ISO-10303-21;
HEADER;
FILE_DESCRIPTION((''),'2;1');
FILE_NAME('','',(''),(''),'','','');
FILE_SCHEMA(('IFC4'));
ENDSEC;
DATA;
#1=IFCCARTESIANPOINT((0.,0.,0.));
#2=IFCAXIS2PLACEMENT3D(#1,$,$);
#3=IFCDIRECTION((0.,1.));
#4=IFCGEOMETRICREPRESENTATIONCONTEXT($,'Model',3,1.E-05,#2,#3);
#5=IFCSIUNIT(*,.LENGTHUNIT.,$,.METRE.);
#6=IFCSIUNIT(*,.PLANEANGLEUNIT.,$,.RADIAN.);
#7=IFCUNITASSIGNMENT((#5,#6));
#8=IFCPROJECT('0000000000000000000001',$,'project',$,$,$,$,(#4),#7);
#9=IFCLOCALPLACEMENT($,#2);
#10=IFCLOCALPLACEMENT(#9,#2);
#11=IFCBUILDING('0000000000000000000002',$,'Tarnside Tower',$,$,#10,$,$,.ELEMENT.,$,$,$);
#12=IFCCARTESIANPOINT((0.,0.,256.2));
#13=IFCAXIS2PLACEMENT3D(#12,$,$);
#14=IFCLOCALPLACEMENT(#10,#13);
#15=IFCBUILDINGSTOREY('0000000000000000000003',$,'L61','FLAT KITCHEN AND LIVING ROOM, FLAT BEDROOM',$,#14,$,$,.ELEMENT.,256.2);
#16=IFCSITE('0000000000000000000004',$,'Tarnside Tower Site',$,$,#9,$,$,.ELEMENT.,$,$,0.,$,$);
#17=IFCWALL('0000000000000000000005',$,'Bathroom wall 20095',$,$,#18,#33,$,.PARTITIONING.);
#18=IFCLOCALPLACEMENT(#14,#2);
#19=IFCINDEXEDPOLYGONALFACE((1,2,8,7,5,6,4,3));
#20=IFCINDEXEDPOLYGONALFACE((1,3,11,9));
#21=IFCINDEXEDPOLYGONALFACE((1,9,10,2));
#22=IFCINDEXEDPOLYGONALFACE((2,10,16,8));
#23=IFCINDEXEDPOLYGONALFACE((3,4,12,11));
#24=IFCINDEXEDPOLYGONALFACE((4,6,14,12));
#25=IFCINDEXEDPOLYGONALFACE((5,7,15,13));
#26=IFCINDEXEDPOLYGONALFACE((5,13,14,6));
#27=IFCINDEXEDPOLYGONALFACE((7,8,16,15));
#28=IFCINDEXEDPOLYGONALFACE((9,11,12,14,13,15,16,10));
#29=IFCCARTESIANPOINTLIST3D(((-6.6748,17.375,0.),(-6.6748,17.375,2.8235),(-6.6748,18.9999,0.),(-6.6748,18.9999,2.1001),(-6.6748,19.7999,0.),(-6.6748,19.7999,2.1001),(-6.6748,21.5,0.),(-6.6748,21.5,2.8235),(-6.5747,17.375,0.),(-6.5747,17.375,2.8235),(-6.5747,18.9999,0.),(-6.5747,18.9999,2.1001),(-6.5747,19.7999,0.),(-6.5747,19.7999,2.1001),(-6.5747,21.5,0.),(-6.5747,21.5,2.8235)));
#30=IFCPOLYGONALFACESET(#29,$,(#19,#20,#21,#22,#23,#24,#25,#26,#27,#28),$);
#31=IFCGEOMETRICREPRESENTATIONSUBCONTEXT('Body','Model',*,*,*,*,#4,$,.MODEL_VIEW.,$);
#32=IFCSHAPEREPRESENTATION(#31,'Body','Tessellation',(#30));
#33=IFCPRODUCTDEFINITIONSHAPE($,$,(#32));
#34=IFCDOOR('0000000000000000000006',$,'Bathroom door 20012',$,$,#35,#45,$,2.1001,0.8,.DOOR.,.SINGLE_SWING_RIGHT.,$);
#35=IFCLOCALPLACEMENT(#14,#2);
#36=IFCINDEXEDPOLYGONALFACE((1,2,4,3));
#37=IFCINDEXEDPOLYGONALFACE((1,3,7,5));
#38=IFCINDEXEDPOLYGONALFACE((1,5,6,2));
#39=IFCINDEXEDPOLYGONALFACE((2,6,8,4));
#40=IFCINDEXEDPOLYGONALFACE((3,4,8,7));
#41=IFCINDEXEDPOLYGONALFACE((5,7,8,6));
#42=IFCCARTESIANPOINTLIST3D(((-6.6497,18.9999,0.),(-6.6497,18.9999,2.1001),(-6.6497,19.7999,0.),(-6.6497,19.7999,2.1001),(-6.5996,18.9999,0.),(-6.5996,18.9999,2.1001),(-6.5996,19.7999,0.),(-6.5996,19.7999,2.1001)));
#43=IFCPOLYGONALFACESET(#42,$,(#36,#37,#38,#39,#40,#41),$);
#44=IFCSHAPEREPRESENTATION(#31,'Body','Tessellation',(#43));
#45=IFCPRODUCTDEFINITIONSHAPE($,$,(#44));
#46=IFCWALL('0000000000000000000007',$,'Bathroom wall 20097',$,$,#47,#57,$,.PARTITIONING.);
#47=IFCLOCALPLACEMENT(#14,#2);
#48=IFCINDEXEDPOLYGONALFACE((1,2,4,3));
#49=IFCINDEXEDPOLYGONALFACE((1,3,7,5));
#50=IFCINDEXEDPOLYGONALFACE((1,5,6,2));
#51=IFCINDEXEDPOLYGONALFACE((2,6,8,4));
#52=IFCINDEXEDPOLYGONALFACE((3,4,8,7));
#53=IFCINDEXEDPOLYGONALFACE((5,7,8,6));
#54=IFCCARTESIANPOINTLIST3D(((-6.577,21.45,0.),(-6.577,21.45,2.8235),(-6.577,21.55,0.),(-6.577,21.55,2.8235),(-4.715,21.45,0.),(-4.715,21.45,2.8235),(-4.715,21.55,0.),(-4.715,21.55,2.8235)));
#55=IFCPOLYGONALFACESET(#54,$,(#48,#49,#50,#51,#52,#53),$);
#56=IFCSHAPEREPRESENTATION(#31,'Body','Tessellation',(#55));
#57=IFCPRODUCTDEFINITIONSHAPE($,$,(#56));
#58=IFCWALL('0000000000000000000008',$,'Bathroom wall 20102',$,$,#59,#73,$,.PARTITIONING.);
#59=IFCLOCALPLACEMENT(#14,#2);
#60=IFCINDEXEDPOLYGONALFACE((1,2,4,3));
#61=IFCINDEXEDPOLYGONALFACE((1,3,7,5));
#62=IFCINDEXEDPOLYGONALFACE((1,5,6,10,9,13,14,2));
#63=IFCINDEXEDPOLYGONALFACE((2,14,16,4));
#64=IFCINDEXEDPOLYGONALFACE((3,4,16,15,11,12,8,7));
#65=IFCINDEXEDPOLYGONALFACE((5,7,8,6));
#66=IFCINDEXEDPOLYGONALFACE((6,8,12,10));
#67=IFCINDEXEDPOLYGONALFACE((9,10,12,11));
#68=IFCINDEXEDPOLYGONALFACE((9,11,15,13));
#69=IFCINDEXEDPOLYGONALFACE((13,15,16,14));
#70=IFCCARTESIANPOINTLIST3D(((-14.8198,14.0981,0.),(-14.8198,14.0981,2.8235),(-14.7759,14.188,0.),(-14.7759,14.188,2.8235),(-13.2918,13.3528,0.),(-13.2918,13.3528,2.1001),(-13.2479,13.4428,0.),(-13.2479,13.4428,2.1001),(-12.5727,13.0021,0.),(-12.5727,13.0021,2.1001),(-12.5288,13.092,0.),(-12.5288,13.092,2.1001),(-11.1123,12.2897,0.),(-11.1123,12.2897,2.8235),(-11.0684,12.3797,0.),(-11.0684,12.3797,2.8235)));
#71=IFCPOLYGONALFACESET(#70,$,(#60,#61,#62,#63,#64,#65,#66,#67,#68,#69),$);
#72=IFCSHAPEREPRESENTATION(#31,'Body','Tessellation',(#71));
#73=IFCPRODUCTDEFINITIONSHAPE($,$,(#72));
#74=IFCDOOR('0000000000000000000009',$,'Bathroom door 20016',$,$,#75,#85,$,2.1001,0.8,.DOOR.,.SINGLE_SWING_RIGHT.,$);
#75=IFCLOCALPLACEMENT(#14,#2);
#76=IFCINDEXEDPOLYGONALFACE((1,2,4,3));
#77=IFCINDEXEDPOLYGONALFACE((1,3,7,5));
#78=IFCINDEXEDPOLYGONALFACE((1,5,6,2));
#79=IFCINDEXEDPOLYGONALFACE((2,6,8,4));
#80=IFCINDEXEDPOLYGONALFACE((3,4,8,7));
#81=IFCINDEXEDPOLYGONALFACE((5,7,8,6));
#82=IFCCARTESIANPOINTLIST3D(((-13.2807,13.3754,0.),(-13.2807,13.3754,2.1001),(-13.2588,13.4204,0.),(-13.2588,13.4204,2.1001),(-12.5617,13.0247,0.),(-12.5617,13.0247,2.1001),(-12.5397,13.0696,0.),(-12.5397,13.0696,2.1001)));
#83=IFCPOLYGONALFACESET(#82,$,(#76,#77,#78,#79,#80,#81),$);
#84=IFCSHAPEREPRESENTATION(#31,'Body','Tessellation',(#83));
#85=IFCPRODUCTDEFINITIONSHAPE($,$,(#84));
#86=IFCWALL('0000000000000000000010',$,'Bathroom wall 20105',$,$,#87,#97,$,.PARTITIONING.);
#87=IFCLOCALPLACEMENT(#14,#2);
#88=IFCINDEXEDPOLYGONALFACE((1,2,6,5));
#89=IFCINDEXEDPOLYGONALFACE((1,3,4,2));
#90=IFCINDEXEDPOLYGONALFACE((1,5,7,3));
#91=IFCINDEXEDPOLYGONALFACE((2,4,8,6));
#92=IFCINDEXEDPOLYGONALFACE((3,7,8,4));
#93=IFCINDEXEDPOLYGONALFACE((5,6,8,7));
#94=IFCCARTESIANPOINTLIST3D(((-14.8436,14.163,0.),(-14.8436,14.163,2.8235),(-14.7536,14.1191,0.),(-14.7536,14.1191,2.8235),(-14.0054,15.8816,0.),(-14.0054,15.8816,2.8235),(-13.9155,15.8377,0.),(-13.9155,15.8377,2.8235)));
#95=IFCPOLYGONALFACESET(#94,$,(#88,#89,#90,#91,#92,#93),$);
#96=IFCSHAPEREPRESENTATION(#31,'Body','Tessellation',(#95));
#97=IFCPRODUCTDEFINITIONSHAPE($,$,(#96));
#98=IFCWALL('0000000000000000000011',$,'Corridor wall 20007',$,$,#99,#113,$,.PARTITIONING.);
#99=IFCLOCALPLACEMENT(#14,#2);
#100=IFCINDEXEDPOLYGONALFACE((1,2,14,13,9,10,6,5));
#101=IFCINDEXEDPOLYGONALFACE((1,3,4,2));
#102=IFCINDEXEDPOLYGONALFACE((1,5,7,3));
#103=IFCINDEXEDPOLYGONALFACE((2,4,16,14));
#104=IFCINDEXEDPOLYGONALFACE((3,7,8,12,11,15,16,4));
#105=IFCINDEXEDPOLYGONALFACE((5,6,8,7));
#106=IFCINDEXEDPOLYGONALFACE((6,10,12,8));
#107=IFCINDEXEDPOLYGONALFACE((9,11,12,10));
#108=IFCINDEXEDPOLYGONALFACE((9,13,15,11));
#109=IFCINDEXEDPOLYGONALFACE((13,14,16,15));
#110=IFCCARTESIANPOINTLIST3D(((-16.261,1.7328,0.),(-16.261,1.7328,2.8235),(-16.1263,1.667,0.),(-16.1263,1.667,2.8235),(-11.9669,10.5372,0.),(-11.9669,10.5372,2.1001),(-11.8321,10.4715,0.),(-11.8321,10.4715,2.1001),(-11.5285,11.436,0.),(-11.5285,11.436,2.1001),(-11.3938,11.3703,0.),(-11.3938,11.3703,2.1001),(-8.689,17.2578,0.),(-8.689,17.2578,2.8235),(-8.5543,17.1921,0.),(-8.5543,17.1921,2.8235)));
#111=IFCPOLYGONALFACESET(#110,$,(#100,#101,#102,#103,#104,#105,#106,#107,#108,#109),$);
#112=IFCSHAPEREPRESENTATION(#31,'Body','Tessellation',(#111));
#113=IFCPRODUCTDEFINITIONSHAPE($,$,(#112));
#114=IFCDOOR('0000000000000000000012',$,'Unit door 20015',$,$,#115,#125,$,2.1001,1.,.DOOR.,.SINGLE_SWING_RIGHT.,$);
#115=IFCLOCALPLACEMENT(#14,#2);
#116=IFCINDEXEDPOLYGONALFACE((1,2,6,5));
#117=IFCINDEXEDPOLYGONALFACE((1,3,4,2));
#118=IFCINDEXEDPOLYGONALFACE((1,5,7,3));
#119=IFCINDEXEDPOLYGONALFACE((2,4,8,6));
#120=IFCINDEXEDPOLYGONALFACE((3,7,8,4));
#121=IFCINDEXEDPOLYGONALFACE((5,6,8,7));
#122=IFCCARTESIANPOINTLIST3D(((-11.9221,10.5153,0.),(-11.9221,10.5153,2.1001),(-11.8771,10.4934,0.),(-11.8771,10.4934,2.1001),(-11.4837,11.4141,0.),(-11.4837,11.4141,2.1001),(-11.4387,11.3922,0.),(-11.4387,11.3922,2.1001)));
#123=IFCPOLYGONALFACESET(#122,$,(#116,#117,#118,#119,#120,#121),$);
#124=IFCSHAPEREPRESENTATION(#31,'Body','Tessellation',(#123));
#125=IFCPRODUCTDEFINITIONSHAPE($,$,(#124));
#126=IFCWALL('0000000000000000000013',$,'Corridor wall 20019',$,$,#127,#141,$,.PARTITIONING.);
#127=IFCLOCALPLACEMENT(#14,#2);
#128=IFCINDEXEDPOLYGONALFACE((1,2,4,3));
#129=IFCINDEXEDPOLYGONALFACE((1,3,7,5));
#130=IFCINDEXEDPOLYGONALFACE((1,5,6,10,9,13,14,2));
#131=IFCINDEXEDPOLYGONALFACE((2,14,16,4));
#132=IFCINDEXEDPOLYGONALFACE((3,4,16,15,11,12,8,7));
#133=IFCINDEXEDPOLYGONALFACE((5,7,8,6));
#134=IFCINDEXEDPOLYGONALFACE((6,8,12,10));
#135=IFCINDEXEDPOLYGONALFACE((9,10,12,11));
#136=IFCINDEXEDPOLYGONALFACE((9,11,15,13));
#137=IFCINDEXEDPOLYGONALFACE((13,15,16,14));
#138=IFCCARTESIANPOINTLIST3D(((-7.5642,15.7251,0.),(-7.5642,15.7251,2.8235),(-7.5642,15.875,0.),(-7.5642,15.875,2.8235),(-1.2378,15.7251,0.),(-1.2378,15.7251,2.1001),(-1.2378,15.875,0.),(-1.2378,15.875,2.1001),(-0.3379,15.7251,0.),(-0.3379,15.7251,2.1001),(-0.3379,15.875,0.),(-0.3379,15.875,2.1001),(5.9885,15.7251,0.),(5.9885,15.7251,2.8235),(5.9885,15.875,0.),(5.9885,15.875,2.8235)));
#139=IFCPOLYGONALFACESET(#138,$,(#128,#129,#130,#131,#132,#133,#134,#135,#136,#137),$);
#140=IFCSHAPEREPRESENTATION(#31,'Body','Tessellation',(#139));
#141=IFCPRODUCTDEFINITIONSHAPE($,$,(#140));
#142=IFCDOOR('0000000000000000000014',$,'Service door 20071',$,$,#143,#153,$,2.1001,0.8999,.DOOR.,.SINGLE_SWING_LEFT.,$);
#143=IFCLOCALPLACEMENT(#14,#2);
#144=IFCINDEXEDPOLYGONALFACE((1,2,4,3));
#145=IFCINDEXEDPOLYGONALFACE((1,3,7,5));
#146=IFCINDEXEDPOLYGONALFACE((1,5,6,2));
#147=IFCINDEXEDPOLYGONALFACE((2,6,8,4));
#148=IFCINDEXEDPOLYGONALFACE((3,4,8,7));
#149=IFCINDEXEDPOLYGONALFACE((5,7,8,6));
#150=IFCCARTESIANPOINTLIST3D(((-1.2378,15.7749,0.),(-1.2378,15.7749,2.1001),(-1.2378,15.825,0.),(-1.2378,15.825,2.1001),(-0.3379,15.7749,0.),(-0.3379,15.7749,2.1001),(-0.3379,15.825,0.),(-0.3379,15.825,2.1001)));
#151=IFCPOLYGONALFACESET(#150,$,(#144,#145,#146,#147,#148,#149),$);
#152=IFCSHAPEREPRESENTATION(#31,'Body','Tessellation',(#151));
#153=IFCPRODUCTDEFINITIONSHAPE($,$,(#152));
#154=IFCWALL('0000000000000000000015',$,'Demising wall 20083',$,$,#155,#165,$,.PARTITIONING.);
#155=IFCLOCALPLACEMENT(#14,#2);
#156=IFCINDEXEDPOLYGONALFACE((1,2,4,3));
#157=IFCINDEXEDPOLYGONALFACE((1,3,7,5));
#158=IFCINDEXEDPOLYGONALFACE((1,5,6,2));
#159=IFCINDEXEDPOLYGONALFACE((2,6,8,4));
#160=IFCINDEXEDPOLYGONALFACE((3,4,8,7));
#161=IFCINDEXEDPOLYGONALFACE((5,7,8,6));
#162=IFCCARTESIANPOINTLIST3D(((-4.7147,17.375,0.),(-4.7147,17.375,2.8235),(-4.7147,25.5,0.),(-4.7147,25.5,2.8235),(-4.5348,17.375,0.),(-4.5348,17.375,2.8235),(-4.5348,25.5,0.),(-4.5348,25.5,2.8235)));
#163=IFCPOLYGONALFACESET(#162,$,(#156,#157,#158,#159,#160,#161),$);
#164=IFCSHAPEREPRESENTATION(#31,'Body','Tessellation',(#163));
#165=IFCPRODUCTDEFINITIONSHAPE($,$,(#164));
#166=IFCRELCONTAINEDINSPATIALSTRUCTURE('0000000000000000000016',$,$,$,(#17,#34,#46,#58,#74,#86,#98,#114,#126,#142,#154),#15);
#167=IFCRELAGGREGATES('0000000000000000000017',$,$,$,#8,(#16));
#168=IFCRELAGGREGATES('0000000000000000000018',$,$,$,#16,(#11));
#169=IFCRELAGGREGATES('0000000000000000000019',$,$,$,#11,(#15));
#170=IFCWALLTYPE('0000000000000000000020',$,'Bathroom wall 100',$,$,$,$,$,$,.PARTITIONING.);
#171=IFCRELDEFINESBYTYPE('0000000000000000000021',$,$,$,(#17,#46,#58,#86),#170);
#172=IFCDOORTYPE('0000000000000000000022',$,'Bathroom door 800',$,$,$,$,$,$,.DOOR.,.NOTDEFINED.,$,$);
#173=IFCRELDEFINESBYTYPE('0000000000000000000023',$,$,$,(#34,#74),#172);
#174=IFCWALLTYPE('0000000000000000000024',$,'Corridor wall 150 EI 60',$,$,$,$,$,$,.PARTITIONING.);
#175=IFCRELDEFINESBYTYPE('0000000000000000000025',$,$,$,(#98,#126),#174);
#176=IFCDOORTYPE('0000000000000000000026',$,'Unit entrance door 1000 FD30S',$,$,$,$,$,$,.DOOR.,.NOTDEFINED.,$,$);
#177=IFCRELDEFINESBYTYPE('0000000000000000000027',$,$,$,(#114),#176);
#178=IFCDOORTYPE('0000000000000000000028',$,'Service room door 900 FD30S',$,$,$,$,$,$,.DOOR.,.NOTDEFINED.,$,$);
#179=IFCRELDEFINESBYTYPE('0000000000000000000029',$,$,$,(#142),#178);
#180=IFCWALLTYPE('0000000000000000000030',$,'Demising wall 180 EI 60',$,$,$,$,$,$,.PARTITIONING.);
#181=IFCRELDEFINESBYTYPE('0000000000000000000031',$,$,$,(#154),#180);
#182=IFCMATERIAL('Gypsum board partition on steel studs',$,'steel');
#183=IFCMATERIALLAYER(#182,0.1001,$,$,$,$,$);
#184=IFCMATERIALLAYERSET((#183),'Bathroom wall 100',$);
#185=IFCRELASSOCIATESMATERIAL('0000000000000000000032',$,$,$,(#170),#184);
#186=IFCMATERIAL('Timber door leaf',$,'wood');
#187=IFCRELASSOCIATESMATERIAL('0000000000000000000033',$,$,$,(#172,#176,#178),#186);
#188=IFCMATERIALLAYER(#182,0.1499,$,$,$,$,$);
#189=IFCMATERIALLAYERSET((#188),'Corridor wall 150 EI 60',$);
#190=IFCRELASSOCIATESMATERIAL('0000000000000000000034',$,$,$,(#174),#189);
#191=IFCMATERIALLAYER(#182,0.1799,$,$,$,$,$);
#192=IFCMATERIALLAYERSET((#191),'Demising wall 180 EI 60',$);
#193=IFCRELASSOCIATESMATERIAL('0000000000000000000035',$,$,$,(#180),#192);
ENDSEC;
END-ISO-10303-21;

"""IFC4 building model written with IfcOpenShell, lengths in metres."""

from ifc_helpers import new_model, si_unit, direction, frame, frame_2d, origin, place, context, subcontext, project, spatial, rectangle, extrude, material, layer, layer_set, type_object, element, fill, save


model = new_model("IFC4")

# Units and contexts
model_context = context("Model", 3, precision=1e-05, world=origin(), true_north=direction((0.0, 1.0)))
body_context = subcontext(model_context, "Body", "Model", "MODEL_VIEW")
ifc_project = project(units=[si_unit("LENGTHUNIT", "METRE"), si_unit("PLANEANGLEUNIT", "RADIAN")], contexts=[model_context])

# Site, building, storey
site_placement = place(None, origin())
site = spatial("IfcSite", under=ifc_project, at=site_placement, Name="Tarnside Tower Site", CompositionType="ELEMENT", RefElevation=0.0)
building_placement = place(site_placement, origin())
building = spatial("IfcBuilding", under=site, at=building_placement, Name="Tarnside Tower", CompositionType="ELEMENT")
storey_placement = place(building_placement, frame((0.0, 0.0, 256.2)))
storey = spatial("IfcBuildingStorey", under=building, at=storey_placement, Name="L61", Description="FLAT KITCHEN AND LIVING ROOM, FLAT BEDROOM", CompositionType="ELEMENT", Elevation=256.2)

# Wall, opening, door
ifc_material_1 = material(Name="Gypsum board partition on steel studs", Category="steel")
ifc_layer_1 = layer(ifc_material_1, 0.1001)
ifc_layer_set_1 = layer_set([ifc_layer_1], Name="Bathroom wall 100")
wall_type_1 = type_object("IfcWallType", Name="Bathroom wall 100", PredefinedType="PARTITIONING", material=ifc_layer_set_1)
wall_1_placement = place(storey_placement, frame((-6.6248, 17.375, 0.0), z_axis=(0.0, 0.0, 1.0), x_axis=(0.0, 1.0, 0.0)))
wall_1 = element("IfcWall", 1, at=wall_1_placement, inside=storey, type_object=wall_type_1, Name="Bathroom wall 20095", PredefinedType="PARTITIONING", context=body_context, shape_type="SweptSolid", body=[
    extrude(rectangle(XDim=4.125, YDim=0.1001, at=frame_2d((2.0625, 0.0))), origin(), (0.0, 0.0, 1.0), 2.8235),
])
opening_1_placement = place(wall_1_placement, frame((1.625, 0.0, 0.0)))
opening_1 = element("IfcOpeningElement", 2, at=opening_1_placement, cuts=wall_1, PredefinedType="OPENING", context=body_context, shape_type="SweptSolid", body=[
    extrude(rectangle(XDim=0.8, YDim=2.1001, at=frame_2d((0.3999, 1.05))), frame((0.0, 0.0601, 0.0), z_axis=(0.0, -1.0, 0.0), x_axis=(1.0, 0.0, 0.0)), (0.0, 0.0, 1.0), 0.1201),
])
ifc_material_2 = material(Name="Timber door leaf", Category="wood")
door_type_1 = type_object("IfcDoorType", Name="Bathroom door 800", OperationType="NOTDEFINED", PredefinedType="DOOR", material=ifc_material_2)
door_1_placement = place(opening_1_placement, origin())
door_1 = element("IfcDoor", 3, at=door_1_placement, inside=storey, type_object=door_type_1, Name="Bathroom door 20012", OperationType="SINGLE_SWING_RIGHT", OverallHeight=2.1001, OverallWidth=0.8, PredefinedType="DOOR", context=body_context, shape_type="SweptSolid", body=[
    extrude(rectangle(XDim=0.8, YDim=2.1001, at=frame_2d((0.3999, 1.05))), frame((0.0, 0.0249, 0.0), z_axis=(0.0, -1.0, 0.0), x_axis=(1.0, 0.0, 0.0)), (0.0, 0.0, 1.0), 0.05),
])
fill(opening_1, door_1)

# Wall
wall_2_placement = place(storey_placement, frame((-4.7148, 21.5, 0.0), z_axis=(0.0, 0.0, 1.0), x_axis=(-1.0, 0.0, 0.0)))
element("IfcWall", 4, at=wall_2_placement, inside=storey, type_object=wall_type_1, Name="Bathroom wall 20097", PredefinedType="PARTITIONING", context=body_context, shape_type="SweptSolid", body=[
    extrude(rectangle(XDim=1.8621, YDim=0.1001, at=frame_2d((0.9312, 0.0))), origin(), (0.0, 0.0, 1.0), 2.8235),
])

# Wall, opening, door
wall_3_placement = place(storey_placement, frame((-11.0903, 12.3347, 0.0), z_axis=(0.0, 0.0, 1.0), x_axis=(-0.898787, 0.438385, 0.0)))
wall_3 = element("IfcWall", 5, at=wall_3_placement, inside=storey, type_object=wall_type_1, Name="Bathroom wall 20102", PredefinedType="PARTITIONING", context=body_context, shape_type="SweptSolid", body=[
    extrude(rectangle(XDim=4.125, YDim=0.1001, at=frame_2d((2.0625, 0.0))), origin(), (0.0, 0.0, 1.0), 2.8235),
])
opening_2_placement = place(wall_3_placement, frame((1.625, 0.0, 0.0)))
opening_2 = element("IfcOpeningElement", 6, at=opening_2_placement, cuts=wall_3, PredefinedType="OPENING", context=body_context, shape_type="SweptSolid", body=[
    extrude(rectangle(XDim=0.8, YDim=2.1001, at=frame_2d((0.3999, 1.05))), frame((0.0, 0.0601, 0.0), z_axis=(0.0, -1.0, 0.0), x_axis=(1.0, 0.0, 0.0)), (0.0, 0.0, 1.0), 0.1201),
])
door_2_placement = place(opening_2_placement, origin())
door_2 = element("IfcDoor", 7, at=door_2_placement, inside=storey, type_object=door_type_1, Name="Bathroom door 20016", OperationType="SINGLE_SWING_RIGHT", OverallHeight=2.1001, OverallWidth=0.8, PredefinedType="DOOR", context=body_context, shape_type="SweptSolid", body=[
    extrude(rectangle(XDim=0.8, YDim=2.1001, at=frame_2d((0.3999, 1.05))), frame((0.0, 0.0249, 0.0), z_axis=(0.0, -1.0, 0.0), x_axis=(1.0, 0.0, 0.0)), (0.0, 0.0, 1.0), 0.05),
])
fill(opening_2, door_2)

# Wall
wall_4_placement = place(storey_placement, frame((-13.9604, 15.8596, 0.0), z_axis=(0.0, 0.0, 1.0), x_axis=(-0.438356, -0.898802, 0.0)))
element("IfcWall", 8, at=wall_4_placement, inside=storey, type_object=wall_type_1, Name="Bathroom wall 20105", PredefinedType="PARTITIONING", context=body_context, shape_type="SweptSolid", body=[
    extrude(rectangle(XDim=1.9121, YDim=0.1001, at=frame_2d((0.9561, 0.0))), origin(), (0.0, 0.0, 1.0), 2.8235),
])

# Walls, openings, doors
ifc_layer_2 = layer(ifc_material_1, 0.1499)
ifc_layer_set_2 = layer_set([ifc_layer_2], Name="Corridor wall 150 EI 60")
wall_type_2 = type_object("IfcWallType", Name="Corridor wall 150 EI 60", PredefinedType="PARTITIONING", material=ifc_layer_set_2)
wall_5_placement = place(storey_placement, frame((-8.6216, 17.2251, 0.0), z_axis=(0.0, 0.0, 1.0), x_axis=(-0.438367, -0.898796, 0.0)))
wall_5 = element("IfcWall", 9, at=wall_5_placement, inside=storey, type_object=wall_type_2, Name="Corridor wall 20007", PredefinedType="PARTITIONING", context=body_context, shape_type="SweptSolid", body=[
    extrude(rectangle(XDim=17.2732, YDim=0.1499, at=frame_2d((8.6367, 0.0))), origin(), (0.0, 0.0, 1.0), 2.8235),
])
opening_3_placement = place(wall_5_placement, frame((6.4775, 0.0, 0.0)))
opening_3 = element("IfcOpeningElement", 10, at=opening_3_placement, cuts=wall_5, PredefinedType="OPENING", context=body_context, shape_type="SweptSolid", body=[
    extrude(rectangle(XDim=1.0, YDim=2.1001, at=frame_2d((0.5, 1.05))), frame((0.0, 0.085, 0.0), z_axis=(0.0, -1.0, 0.0), x_axis=(1.0, 0.0, 0.0)), (0.0, 0.0, 1.0), 0.1699),
])
door_type_2 = type_object("IfcDoorType", Name="Unit entrance door 1000 FD30S", OperationType="NOTDEFINED", PredefinedType="DOOR", material=ifc_material_2)
door_3_placement = place(opening_3_placement, origin())
door_3 = element("IfcDoor", 11, at=door_3_placement, inside=storey, type_object=door_type_2, Name="Unit door 20015", OperationType="SINGLE_SWING_RIGHT", OverallHeight=2.1001, OverallWidth=1.0, PredefinedType="DOOR", context=body_context, shape_type="SweptSolid", body=[
    extrude(rectangle(XDim=1.0, YDim=2.1001, at=frame_2d((0.5, 1.05))), frame((0.0, 0.0249, 0.0), z_axis=(0.0, -1.0, 0.0), x_axis=(1.0, 0.0, 0.0)), (0.0, 0.0, 1.0), 0.05),
])
fill(opening_3, door_3)
wall_6_placement = place(storey_placement, frame((-7.5642, 15.8, 0.0), z_axis=(0.0, 0.0, 1.0), x_axis=(1.0, 0.0, 0.0)))
wall_6 = element("IfcWall", 12, at=wall_6_placement, inside=storey, type_object=wall_type_2, Name="Corridor wall 20019", PredefinedType="PARTITIONING", context=body_context, shape_type="SweptSolid", body=[
    extrude(rectangle(XDim=13.5527, YDim=0.1499, at=frame_2d((6.7764, 0.0))), origin(), (0.0, 0.0, 1.0), 2.8235),
])
opening_4_placement = place(wall_6_placement, frame((6.3264, 0.0, 0.0)))
opening_4 = element("IfcOpeningElement", 13, at=opening_4_placement, cuts=wall_6, PredefinedType="OPENING", context=body_context, shape_type="SweptSolid", body=[
    extrude(rectangle(XDim=0.8999, YDim=2.1001, at=frame_2d((0.45, 1.05))), frame((0.0, 0.085, 0.0), z_axis=(0.0, -1.0, 0.0), x_axis=(1.0, 0.0, 0.0)), (0.0, 0.0, 1.0), 0.1699),
])
door_type_3 = type_object("IfcDoorType", Name="Service room door 900 FD30S", OperationType="NOTDEFINED", PredefinedType="DOOR", material=ifc_material_2)
door_4_placement = place(opening_4_placement, origin())
door_4 = element("IfcDoor", 14, at=door_4_placement, inside=storey, type_object=door_type_3, Name="Service door 20071", OperationType="SINGLE_SWING_LEFT", OverallHeight=2.1001, OverallWidth=0.8999, PredefinedType="DOOR", context=body_context, shape_type="SweptSolid", body=[
    extrude(rectangle(XDim=0.8999, YDim=2.1001, at=frame_2d((0.45, 1.05))), frame((0.0, 0.0249, 0.0), z_axis=(0.0, -1.0, 0.0), x_axis=(1.0, 0.0, 0.0)), (0.0, 0.0, 1.0), 0.05),
])
fill(opening_4, door_4)

# Wall
ifc_layer_3 = layer(ifc_material_1, 0.1799)
ifc_layer_set_3 = layer_set([ifc_layer_3], Name="Demising wall 180 EI 60")
wall_type_3 = type_object("IfcWallType", Name="Demising wall 180 EI 60", PredefinedType="PARTITIONING", material=ifc_layer_set_3)
wall_7_placement = place(storey_placement, frame((-4.6248, 25.5, 0.0), z_axis=(0.0, 0.0, 1.0), x_axis=(0.0, -1.0, 0.0)))
element("IfcWall", 15, at=wall_7_placement, inside=storey, type_object=wall_type_3, Name="Demising wall 20083", PredefinedType="PARTITIONING", context=body_context, shape_type="SweptSolid", body=[
    extrude(rectangle(XDim=8.125, YDim=0.1799, at=frame_2d((4.0625, 0.0))), origin(), (0.0, 0.0, 1.0), 2.8235),
])

save(model, "model.ifc")
